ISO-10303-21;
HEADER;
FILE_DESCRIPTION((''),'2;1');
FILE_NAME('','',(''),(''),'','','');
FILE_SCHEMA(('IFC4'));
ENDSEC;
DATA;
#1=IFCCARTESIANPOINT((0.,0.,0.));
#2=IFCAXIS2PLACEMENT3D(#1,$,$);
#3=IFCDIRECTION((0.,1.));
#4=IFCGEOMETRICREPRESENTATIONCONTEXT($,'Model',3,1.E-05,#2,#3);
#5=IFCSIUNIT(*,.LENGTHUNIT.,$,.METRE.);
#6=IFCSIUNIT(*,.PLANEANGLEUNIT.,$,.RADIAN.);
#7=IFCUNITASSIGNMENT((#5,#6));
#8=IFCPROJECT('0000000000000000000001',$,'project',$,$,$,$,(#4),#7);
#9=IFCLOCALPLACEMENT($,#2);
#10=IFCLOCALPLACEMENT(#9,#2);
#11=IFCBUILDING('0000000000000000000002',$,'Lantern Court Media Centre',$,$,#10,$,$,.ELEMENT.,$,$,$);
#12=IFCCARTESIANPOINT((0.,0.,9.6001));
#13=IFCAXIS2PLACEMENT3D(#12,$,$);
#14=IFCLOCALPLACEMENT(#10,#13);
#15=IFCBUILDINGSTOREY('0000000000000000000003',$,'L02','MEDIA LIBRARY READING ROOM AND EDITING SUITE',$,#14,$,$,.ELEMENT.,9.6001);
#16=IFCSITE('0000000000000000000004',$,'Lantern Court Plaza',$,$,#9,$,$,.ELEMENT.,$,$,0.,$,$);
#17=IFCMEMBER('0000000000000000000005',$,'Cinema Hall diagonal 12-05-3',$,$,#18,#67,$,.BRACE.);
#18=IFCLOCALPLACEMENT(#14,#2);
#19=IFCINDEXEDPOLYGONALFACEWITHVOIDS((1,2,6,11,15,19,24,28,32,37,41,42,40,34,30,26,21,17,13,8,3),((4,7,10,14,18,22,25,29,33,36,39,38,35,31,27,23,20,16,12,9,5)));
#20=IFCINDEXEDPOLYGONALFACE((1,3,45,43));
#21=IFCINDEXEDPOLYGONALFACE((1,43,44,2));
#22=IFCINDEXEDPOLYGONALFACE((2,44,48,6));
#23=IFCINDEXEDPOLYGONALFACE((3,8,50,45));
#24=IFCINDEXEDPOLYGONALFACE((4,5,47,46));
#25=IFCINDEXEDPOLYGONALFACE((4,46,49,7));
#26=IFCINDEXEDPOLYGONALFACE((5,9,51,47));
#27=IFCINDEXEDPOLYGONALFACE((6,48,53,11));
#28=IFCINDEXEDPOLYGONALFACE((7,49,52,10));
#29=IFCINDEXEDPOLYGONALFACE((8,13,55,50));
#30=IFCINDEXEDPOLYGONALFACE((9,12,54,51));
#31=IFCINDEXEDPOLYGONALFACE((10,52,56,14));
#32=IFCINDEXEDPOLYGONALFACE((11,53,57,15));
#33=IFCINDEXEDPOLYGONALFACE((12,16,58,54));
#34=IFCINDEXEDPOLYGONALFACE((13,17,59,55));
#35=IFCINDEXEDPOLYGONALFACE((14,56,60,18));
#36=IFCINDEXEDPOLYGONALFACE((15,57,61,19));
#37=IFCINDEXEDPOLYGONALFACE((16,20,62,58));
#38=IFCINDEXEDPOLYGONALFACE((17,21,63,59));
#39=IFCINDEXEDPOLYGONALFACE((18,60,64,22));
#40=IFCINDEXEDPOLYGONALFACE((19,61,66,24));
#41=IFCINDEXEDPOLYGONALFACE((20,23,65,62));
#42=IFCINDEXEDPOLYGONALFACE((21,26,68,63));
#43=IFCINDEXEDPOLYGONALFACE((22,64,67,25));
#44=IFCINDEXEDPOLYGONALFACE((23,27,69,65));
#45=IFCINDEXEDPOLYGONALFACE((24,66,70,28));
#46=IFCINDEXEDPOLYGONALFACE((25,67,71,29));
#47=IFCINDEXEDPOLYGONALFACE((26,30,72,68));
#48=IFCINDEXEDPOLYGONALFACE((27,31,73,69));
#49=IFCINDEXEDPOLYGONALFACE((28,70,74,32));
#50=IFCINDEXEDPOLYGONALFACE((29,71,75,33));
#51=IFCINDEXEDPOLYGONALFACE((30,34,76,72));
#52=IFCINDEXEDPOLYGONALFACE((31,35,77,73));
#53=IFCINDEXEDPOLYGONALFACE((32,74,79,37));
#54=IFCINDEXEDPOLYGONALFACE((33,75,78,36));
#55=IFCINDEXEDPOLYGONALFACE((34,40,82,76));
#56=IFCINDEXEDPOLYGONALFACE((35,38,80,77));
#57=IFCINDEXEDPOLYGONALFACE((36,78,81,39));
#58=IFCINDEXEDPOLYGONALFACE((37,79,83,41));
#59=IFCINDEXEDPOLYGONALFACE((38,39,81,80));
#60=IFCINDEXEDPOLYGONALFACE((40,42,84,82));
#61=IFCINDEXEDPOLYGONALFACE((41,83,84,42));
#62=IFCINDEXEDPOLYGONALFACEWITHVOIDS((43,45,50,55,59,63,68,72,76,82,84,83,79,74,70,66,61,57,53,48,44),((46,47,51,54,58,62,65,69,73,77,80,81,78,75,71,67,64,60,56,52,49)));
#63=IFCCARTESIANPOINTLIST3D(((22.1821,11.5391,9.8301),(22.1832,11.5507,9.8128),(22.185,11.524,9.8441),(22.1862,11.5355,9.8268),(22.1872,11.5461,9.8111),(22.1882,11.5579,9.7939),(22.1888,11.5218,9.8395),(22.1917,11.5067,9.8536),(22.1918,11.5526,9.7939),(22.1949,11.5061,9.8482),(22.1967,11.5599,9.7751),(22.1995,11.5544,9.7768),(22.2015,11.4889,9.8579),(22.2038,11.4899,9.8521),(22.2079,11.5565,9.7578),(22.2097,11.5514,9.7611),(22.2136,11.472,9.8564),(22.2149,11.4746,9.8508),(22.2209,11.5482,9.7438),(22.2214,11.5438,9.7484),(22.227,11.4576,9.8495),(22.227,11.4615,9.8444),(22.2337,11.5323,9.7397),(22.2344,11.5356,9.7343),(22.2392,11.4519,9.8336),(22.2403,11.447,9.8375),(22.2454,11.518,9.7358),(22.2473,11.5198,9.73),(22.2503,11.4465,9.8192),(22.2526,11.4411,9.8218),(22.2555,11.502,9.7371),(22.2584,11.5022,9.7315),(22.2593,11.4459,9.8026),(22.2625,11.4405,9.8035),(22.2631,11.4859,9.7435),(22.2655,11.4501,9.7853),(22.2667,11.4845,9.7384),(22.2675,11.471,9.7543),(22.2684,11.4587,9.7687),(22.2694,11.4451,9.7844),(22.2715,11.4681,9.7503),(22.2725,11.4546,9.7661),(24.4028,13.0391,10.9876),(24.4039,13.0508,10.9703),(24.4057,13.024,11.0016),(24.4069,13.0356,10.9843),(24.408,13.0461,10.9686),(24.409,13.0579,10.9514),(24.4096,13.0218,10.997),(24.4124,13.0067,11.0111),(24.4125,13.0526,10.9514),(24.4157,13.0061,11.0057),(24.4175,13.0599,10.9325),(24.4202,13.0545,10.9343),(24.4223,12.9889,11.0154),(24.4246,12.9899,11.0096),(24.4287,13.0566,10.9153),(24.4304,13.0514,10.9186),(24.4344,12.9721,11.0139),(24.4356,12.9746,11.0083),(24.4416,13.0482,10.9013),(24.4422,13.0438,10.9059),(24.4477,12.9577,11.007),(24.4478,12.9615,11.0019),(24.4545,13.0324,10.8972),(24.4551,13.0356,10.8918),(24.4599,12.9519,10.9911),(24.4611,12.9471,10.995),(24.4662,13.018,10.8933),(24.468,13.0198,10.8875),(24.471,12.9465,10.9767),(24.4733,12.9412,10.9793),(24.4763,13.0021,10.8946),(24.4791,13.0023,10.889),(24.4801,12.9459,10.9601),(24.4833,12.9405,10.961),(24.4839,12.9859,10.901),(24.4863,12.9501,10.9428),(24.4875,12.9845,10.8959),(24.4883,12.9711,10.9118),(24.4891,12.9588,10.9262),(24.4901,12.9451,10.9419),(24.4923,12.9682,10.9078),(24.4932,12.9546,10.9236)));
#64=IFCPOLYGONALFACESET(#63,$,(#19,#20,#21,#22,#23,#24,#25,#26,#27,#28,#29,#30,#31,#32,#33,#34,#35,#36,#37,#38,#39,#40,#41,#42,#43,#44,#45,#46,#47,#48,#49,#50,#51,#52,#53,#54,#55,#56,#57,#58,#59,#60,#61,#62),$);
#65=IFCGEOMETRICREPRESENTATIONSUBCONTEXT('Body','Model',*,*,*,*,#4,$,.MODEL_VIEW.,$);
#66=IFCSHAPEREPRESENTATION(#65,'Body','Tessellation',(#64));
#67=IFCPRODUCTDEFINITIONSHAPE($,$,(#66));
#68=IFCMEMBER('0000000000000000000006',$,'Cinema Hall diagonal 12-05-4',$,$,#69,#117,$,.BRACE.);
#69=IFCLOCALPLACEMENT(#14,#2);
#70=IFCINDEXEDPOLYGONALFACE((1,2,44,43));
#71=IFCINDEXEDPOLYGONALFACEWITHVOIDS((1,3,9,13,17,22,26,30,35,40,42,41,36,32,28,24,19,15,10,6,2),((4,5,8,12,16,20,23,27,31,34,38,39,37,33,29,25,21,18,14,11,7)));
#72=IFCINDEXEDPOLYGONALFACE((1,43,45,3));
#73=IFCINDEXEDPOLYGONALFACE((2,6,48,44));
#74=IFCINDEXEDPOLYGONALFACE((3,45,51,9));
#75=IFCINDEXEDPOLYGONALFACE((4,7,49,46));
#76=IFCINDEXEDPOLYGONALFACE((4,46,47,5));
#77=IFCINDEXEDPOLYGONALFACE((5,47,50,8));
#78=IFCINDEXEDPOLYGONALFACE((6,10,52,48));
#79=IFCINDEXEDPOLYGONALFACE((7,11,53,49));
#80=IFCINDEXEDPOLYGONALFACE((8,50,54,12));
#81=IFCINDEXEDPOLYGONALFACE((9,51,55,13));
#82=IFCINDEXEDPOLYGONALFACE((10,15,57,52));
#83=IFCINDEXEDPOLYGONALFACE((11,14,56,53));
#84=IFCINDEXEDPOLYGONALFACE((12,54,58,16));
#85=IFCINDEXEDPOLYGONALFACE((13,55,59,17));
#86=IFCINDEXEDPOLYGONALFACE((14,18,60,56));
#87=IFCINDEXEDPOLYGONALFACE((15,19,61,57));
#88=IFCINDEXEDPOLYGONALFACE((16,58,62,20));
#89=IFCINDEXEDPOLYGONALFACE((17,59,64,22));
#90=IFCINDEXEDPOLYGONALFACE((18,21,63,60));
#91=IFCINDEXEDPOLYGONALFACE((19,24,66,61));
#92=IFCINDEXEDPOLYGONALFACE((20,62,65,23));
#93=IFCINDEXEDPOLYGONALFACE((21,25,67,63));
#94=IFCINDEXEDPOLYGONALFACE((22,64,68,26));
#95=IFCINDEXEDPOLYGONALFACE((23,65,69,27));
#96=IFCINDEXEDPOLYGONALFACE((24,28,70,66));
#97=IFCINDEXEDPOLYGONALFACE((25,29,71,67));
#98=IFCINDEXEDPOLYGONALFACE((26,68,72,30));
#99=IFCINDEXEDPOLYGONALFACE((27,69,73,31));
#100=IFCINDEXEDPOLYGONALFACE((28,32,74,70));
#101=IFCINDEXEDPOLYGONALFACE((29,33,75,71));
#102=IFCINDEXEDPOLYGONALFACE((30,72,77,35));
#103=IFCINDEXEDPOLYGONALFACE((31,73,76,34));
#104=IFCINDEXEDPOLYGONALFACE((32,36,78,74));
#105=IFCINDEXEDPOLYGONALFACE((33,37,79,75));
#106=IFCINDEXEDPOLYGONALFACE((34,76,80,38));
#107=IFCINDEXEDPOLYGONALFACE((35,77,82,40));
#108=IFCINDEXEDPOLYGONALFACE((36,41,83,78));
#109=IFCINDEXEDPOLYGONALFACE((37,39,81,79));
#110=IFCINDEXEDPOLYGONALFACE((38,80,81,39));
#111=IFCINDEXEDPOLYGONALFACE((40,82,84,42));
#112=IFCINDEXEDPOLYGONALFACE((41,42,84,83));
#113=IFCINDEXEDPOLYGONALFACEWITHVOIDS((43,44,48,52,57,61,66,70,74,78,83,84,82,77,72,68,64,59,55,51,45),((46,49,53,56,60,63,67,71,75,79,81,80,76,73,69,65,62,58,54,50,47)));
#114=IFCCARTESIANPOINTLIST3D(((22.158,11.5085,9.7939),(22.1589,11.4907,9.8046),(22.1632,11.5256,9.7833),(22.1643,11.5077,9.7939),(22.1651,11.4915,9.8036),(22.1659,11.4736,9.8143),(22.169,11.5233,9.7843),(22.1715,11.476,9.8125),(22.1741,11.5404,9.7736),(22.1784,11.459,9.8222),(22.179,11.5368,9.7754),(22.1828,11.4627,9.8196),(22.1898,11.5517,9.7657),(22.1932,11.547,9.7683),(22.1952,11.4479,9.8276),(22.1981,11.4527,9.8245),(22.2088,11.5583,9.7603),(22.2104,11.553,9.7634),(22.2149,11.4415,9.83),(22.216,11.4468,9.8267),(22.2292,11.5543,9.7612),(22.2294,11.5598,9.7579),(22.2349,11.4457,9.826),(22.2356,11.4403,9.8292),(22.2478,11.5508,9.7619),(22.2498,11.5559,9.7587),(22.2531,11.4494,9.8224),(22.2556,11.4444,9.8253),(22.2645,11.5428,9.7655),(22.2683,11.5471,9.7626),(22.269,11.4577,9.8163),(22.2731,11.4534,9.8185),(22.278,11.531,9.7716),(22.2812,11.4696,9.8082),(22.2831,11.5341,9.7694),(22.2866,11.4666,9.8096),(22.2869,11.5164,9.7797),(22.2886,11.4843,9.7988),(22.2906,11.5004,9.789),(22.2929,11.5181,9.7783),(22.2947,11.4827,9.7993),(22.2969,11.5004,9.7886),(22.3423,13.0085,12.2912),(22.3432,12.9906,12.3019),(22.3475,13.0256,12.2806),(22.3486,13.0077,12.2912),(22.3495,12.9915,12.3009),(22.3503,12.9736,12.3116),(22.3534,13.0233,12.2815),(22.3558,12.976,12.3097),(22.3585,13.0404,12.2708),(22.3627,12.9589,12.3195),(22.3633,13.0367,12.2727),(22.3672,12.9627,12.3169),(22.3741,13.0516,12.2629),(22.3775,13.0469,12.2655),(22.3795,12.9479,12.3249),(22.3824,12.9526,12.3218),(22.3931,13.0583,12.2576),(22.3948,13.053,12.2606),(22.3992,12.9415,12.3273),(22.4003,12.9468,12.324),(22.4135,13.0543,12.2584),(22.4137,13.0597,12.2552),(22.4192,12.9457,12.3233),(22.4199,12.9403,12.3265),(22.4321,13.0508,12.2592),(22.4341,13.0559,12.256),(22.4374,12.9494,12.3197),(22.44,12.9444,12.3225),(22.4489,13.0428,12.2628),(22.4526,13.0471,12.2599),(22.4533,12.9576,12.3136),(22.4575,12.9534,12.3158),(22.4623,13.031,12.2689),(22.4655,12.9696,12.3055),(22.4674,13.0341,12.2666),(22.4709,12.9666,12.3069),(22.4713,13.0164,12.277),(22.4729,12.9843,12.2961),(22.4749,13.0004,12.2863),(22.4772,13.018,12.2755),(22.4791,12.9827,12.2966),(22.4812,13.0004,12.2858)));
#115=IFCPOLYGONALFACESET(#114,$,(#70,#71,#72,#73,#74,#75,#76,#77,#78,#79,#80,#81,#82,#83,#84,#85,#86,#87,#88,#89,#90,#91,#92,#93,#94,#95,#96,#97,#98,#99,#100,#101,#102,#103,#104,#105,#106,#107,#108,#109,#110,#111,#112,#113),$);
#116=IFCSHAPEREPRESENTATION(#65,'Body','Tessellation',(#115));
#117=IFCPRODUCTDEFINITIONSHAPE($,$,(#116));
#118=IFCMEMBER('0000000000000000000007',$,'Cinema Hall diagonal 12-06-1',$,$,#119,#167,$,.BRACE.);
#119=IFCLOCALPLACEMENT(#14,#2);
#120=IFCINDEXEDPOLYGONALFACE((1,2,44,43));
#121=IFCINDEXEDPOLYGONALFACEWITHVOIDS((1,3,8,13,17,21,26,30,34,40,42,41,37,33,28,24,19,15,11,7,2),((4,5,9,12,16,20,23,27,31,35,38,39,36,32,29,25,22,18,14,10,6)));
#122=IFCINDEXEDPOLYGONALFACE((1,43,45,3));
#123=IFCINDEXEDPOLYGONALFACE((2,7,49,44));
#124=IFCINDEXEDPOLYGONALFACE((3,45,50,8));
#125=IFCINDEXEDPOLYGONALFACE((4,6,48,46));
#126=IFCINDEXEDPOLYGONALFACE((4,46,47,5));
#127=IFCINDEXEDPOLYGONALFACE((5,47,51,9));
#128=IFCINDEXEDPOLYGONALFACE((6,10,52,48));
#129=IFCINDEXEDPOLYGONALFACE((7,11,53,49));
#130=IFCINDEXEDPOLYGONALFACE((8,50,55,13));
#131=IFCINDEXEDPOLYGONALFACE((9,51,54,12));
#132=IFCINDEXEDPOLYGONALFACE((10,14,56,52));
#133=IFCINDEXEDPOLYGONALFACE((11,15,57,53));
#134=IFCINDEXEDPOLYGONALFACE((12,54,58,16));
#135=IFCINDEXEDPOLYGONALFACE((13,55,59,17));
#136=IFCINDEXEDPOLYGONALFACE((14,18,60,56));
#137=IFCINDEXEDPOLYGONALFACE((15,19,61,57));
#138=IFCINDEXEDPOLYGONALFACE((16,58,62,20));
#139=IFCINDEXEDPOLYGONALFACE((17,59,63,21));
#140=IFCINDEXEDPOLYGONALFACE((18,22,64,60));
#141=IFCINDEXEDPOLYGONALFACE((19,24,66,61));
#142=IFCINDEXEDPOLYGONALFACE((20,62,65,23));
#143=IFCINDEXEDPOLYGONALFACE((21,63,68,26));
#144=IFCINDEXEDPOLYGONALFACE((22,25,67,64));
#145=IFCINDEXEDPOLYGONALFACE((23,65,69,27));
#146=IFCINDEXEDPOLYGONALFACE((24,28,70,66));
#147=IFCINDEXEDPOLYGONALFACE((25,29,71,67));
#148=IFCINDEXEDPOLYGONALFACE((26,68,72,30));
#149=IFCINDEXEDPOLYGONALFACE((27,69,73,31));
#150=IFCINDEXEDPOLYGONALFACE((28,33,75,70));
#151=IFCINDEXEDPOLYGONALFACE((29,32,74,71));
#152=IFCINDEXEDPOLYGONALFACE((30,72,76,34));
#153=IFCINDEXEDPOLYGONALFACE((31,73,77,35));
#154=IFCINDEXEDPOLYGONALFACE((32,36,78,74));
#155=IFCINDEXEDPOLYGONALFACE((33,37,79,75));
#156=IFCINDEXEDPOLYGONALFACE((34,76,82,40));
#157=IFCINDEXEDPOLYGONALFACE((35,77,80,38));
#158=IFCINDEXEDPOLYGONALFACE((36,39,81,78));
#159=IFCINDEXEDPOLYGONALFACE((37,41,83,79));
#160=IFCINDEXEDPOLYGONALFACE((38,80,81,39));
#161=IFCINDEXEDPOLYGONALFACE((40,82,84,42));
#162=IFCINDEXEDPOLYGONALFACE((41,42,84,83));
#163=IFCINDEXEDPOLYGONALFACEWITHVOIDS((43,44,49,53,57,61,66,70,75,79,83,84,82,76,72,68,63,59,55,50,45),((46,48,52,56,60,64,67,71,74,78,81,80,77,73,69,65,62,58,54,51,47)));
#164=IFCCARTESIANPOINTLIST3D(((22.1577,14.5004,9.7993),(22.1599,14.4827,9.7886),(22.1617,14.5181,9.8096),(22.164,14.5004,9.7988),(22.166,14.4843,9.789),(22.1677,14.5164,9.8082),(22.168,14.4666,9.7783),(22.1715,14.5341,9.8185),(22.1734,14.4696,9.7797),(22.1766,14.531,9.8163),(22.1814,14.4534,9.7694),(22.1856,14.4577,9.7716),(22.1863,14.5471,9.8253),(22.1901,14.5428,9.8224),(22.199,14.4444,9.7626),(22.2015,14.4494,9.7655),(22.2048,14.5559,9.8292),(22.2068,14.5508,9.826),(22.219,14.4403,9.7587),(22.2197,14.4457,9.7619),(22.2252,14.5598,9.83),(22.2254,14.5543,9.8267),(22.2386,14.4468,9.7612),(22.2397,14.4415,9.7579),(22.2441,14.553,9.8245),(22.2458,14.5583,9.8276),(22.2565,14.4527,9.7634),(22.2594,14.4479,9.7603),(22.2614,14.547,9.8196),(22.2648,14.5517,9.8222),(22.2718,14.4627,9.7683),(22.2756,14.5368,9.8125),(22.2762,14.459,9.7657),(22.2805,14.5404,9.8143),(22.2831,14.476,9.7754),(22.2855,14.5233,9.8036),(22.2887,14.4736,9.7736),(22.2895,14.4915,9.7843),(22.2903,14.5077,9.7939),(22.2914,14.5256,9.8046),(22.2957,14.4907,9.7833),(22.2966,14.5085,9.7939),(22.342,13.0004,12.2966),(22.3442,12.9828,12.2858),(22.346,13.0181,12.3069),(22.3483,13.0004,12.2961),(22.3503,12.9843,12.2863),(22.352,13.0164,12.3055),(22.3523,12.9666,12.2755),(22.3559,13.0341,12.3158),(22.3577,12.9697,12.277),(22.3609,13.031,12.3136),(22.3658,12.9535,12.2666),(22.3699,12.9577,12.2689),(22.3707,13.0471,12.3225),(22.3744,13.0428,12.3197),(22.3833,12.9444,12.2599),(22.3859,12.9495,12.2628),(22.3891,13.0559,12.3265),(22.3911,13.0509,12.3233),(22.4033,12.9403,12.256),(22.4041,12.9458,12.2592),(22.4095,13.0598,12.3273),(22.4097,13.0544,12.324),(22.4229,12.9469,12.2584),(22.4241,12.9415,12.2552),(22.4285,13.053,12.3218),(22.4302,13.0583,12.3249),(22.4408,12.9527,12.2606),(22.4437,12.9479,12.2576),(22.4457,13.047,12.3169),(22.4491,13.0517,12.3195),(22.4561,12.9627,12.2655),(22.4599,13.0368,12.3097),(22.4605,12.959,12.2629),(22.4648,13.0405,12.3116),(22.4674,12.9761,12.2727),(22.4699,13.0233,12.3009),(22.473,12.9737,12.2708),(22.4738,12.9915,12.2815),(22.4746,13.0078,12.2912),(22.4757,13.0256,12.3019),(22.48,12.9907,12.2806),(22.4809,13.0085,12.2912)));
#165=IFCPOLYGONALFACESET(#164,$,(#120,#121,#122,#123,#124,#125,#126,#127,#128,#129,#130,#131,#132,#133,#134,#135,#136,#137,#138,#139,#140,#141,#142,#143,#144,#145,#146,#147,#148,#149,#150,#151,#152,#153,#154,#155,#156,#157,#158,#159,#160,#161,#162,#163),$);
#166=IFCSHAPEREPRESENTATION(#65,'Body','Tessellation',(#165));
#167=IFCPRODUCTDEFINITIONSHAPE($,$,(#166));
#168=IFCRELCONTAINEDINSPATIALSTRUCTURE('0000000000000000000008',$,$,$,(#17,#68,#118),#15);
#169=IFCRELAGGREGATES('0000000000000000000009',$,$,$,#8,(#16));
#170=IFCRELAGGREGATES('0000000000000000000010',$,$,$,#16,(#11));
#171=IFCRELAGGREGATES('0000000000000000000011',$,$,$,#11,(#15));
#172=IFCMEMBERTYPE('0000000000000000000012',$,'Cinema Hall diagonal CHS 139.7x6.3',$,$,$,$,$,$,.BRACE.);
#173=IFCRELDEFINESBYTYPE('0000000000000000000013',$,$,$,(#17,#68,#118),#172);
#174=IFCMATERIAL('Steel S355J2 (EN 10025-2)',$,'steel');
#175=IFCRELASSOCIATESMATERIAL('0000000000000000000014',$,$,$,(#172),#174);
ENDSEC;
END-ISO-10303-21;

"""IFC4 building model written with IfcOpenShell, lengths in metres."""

from ifc_helpers import new_model, si_unit, direction, frame, origin, origin_2d, place, context, subcontext, project, spatial, hollow_circle, extrude, material, material_profile, profile_set, type_object, element, save


model = new_model("IFC4")

# Units and contexts
model_context = context("Model", 3, precision=1e-05, world=origin(), true_north=direction((0.0, 1.0)))
body_context = subcontext(model_context, "Body", "Model", "MODEL_VIEW")
ifc_project = project(units=[si_unit("LENGTHUNIT", "METRE"), si_unit("PLANEANGLEUNIT", "RADIAN")], contexts=[model_context])

# Site, building, storey
site_placement = place(None, origin())
site = spatial("IfcSite", under=ifc_project, at=site_placement, Name="Lantern Court Plaza", CompositionType="ELEMENT", RefElevation=0.0)
building_placement = place(site_placement, origin())
building = spatial("IfcBuilding", under=site, at=building_placement, Name="Lantern Court Media Centre", CompositionType="ELEMENT")
storey_placement = place(building_placement, frame((0.0, 0.0, 9.6001)))
storey = spatial("IfcBuildingStorey", under=building, at=storey_placement, Name="L02", Description="MEDIA LIBRARY READING ROOM AND EDITING SUITE", CompositionType="ELEMENT", Elevation=9.6001)

# Members
ifc_material = material(Name="Steel S355J2 (EN 10025-2)", Category="steel")
ifc_material_profile_1 = material_profile(ifc_material, hollow_circle(Radius=0.0698, WallThickness=0.0063, at=origin_2d()), Name="Cinema Hall diagonal CHS 139.7x6.3")
ifc_profile_set_1 = profile_set([ifc_material_profile_1], Name="Steel S355J2 (EN 10025-2)")
member_type_1 = type_object("IfcMemberType", Name="Cinema Hall diagonal CHS 139.7x6.3", PredefinedType="BRACE", material=ifc_profile_set_1)
for number, where, z_axis, x_axis, name in (
    (1, (22.2273, 11.5, 9.7939), (0.760744, 0.513854, 0.396514), (-0.559736, 0.828671, 0.0), "Cinema Hall diagonal 12-05-3"),
):
    element("IfcMember", number, at=place(storey_placement, frame(where, z_axis=z_axis, x_axis=x_axis)), inside=storey, type_object=member_type_1, Name=name, PredefinedType="BRACE", context=body_context, shape_type="SweptSolid", body=[
        extrude(hollow_circle(Radius=0.0698, WallThickness=0.0063, at=origin_2d()), origin(), (0.0, 0.0, 1.0), 2.9192),
    ])
for number, where, z_axis, x_axis, name in (
    (2, (22.2273, 11.5, 9.7939), (0.063147, 0.513875, 0.855538), (-0.992534, 0.121967, 0.0), "Cinema Hall diagonal 12-05-4"),
    (3, (22.2273, 14.5, 9.7939), (0.063147, -0.513875, 0.855538), (0.992534, 0.121967, 0.0), "Cinema Hall diagonal 12-06-1"),
):
    element("IfcMember", number, at=place(storey_placement, frame(where, z_axis=z_axis, x_axis=x_axis)), inside=storey, type_object=member_type_1, Name=name, PredefinedType="BRACE", context=body_context, shape_type="SweptSolid", body=[
        extrude(hollow_circle(Radius=0.0698, WallThickness=0.0063, at=origin_2d()), origin(), (0.0, 0.0, 1.0), 2.9189),
    ])

save(model, "model.ifc")
